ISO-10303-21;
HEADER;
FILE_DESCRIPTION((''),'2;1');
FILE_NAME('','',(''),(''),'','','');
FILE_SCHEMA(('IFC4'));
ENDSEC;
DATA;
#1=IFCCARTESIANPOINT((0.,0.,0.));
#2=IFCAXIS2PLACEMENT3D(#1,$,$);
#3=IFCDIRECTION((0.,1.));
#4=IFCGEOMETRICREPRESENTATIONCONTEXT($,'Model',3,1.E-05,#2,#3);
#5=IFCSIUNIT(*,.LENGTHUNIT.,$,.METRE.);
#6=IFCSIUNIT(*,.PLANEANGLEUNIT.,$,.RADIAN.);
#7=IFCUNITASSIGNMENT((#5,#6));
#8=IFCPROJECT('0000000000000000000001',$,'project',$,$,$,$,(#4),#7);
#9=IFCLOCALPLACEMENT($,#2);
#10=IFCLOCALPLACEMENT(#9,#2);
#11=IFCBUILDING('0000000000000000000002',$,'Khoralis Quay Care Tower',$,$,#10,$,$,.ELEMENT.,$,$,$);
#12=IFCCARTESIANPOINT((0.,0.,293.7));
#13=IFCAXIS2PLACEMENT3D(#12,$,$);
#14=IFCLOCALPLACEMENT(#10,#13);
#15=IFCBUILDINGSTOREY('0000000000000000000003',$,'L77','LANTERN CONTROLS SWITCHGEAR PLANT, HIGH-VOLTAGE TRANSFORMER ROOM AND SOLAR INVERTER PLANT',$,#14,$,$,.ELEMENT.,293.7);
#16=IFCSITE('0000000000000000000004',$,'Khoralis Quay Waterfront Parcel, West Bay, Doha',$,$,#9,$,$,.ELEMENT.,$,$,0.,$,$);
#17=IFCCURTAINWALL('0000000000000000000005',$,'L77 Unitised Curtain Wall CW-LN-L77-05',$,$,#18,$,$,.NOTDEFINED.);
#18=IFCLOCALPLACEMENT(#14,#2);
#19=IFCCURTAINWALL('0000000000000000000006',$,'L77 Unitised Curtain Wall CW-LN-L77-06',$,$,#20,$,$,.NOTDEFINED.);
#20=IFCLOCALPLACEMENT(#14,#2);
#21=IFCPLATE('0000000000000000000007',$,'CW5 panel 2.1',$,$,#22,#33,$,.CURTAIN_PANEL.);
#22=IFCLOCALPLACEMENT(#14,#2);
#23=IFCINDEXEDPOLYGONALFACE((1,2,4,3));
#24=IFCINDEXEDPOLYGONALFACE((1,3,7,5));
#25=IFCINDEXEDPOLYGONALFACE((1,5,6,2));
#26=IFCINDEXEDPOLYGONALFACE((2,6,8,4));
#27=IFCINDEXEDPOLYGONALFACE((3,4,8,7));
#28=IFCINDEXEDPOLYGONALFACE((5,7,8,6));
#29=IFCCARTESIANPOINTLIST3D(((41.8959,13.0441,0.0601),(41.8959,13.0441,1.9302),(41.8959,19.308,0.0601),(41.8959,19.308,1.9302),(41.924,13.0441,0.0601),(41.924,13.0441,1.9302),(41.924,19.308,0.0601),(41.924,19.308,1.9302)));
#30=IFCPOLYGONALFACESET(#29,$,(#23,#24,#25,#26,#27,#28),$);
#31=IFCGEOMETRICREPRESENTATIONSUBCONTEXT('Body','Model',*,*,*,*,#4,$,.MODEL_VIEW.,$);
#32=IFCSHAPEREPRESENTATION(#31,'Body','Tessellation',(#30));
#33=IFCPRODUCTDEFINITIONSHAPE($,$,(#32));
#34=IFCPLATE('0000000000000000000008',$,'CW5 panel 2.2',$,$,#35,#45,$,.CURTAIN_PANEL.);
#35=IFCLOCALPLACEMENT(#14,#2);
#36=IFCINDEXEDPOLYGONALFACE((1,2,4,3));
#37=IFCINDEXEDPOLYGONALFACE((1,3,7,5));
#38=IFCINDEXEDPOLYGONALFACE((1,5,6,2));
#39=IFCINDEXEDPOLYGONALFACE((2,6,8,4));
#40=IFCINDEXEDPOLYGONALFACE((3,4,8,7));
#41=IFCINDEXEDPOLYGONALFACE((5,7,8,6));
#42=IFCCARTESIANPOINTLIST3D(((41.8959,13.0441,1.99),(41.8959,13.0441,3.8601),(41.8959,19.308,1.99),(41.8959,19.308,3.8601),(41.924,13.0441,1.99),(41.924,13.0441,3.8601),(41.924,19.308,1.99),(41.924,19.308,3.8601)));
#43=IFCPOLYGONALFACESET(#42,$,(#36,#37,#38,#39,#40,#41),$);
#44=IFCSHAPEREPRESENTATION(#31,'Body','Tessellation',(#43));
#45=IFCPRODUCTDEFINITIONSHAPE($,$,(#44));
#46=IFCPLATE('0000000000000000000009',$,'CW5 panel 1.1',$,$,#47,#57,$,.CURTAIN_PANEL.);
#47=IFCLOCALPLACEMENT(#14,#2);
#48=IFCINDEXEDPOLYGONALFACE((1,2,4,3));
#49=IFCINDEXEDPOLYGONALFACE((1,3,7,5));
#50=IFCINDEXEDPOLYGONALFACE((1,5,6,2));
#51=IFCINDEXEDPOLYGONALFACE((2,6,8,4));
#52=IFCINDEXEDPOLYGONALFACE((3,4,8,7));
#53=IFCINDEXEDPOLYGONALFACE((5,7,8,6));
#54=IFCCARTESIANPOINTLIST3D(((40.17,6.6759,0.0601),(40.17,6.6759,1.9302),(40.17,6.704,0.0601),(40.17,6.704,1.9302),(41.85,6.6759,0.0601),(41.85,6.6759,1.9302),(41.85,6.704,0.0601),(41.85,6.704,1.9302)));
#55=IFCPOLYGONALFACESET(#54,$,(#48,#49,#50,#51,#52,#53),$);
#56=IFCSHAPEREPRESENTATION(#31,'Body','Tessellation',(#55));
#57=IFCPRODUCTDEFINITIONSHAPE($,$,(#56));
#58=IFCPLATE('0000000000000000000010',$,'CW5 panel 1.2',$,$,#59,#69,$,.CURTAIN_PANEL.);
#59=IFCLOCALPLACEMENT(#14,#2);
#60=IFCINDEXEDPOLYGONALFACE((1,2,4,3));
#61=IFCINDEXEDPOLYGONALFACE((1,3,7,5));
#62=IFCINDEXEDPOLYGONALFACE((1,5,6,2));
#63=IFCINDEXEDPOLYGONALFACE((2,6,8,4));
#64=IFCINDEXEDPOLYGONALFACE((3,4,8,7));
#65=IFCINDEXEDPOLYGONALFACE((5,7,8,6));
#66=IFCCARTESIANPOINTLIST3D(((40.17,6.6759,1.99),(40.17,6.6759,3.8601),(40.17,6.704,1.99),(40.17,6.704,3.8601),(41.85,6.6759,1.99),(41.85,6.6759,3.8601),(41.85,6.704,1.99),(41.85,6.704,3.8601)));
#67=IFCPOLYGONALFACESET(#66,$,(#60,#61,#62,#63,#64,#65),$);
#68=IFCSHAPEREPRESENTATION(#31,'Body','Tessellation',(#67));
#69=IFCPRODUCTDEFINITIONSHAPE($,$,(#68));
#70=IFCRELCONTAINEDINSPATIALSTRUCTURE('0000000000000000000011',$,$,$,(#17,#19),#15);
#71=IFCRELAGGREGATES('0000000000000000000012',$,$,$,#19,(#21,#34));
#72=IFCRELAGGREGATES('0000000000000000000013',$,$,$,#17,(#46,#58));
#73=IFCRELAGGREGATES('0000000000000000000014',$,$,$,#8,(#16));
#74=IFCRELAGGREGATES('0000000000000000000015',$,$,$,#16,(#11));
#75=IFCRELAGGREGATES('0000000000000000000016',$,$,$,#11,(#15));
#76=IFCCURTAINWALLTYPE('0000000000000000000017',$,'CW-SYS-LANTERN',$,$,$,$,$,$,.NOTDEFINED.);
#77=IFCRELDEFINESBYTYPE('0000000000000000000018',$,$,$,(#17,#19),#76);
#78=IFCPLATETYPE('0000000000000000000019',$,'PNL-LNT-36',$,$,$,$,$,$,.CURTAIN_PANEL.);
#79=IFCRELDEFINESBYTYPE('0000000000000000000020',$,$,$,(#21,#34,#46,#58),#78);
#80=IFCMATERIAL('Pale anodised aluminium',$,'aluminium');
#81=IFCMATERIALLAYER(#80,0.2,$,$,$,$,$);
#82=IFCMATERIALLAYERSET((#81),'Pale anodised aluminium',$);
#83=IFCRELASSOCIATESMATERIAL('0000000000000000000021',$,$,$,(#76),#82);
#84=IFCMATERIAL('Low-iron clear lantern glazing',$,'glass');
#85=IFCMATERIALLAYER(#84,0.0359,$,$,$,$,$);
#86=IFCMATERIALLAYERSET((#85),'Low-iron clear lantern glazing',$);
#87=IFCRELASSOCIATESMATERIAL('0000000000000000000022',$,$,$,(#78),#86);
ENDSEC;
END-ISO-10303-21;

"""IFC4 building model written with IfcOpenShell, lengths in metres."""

from ifc_helpers import new_model, si_unit, direction, frame, origin, origin_2d, place, context, subcontext, project, spatial, rectangle, extrude, source, transform, mapped, material, layer, layer_set, type_object, element, aggregate, save


model = new_model("IFC4")

# Units and contexts
model_context = context("Model", 3, precision=1e-05, world=origin(), true_north=direction((0.0, 1.0)))
body_context = subcontext(model_context, "Body", "Model", "MODEL_VIEW")
ifc_project = project(units=[si_unit("LENGTHUNIT", "METRE"), si_unit("PLANEANGLEUNIT", "RADIAN")], contexts=[model_context])

# Site, building, storey
site_placement = place(None, origin())
site = spatial("IfcSite", under=ifc_project, at=site_placement, Name="Khoralis Quay Waterfront Parcel, West Bay, Doha", CompositionType="ELEMENT", RefElevation=0.0)
building_placement = place(site_placement, origin())
building = spatial("IfcBuilding", under=site, at=building_placement, Name="Khoralis Quay Care Tower", CompositionType="ELEMENT")
storey_placement = place(building_placement, frame((0.0, 0.0, 293.7)))
storey = spatial("IfcBuildingStorey", under=building, at=storey_placement, Name="L77", Description="LANTERN CONTROLS SWITCHGEAR PLANT, HIGH-VOLTAGE TRANSFORMER ROOM AND SOLAR INVERTER PLANT", CompositionType="ELEMENT", Elevation=293.7)

# Curtain wall
ifc_material_1 = material(Name="Pale anodised aluminium", Category="aluminium")
ifc_layer_1 = layer(ifc_material_1, 0.2)
ifc_layer_set_1 = layer_set([ifc_layer_1], Name="Pale anodised aluminium")
curtain_wall_type = type_object("IfcCurtainWallType", Name="CW-SYS-LANTERN", PredefinedType="NOTDEFINED", material=ifc_layer_set_1)
curtain_wall_1_placement = place(storey_placement, origin())
curtain_wall_1 = element("IfcCurtainWall", 1, at=curtain_wall_1_placement, inside=storey, type_object=curtain_wall_type, Name="L77 Unitised Curtain Wall CW-LN-L77-05", PredefinedType="NOTDEFINED")

# Curtain wall
curtain_wall_2_placement = place(storey_placement, origin())
curtain_wall_2 = element("IfcCurtainWall", 2, at=curtain_wall_2_placement, inside=storey, type_object=curtain_wall_type, Name="L77 Unitised Curtain Wall CW-LN-L77-06", PredefinedType="NOTDEFINED")

# Plates
ifc_material_2 = material(Name="Low-iron clear lantern glazing", Category="glass")
ifc_layer_2 = layer(ifc_material_2, 0.0359)
ifc_layer_set_2 = layer_set([ifc_layer_2], Name="Low-iron clear lantern glazing")
plate_type_1 = type_object("IfcPlateType", Name="PNL-LNT-36", PredefinedType="CURTAIN_PANEL", material=ifc_layer_set_2)
shared_shape_1 = source(origin(), body_context, "Body", "SweptSolid", [
    extrude(rectangle(XDim=6.2639, YDim=0.0281, at=origin_2d()), origin(), (0.0, 0.0, 1.0), 1.8701),
])
plate_1_placement = place(storey_placement, frame((41.9099, 16.176, 0.0601), z_axis=(0.0, 0.0, 1.0), x_axis=(0.0, 1.0, 0.0)))
plate_1 = element("IfcPlate", 3, at=plate_1_placement, type_object=plate_type_1, Name="CW5 panel 2.1", PredefinedType="CURTAIN_PANEL", context=body_context, shape_type="MappedRepresentation", body=[
    mapped(shared_shape_1, transform((0.0, 0.0, 0.0), scale=1.0)),
])
plate_2_placement = place(storey_placement, frame((41.9099, 16.176, 1.99), z_axis=(0.0, 0.0, 1.0), x_axis=(0.0, 1.0, 0.0)))
plate_2 = element("IfcPlate", 4, at=plate_2_placement, type_object=plate_type_1, Name="CW5 panel 2.2", PredefinedType="CURTAIN_PANEL", context=body_context, shape_type="MappedRepresentation", body=[
    mapped(shared_shape_1, transform((0.0, 0.0, 0.0), scale=1.0)),
])
aggregate(curtain_wall_2, [plate_1, plate_2])
shared_shape_2 = source(origin(), body_context, "Body", "SweptSolid", [
    extrude(rectangle(XDim=1.6799, YDim=0.0281, at=origin_2d()), origin(), (0.0, 0.0, 1.0), 1.8701),
])
plate_3_placement = place(storey_placement, frame((41.01, 6.6899, 0.0601), z_axis=(0.0, 0.0, 1.0), x_axis=(1.0, 0.0, 0.0)))
plate_3 = element("IfcPlate", 5, at=plate_3_placement, type_object=plate_type_1, Name="CW5 panel 1.1", PredefinedType="CURTAIN_PANEL", context=body_context, shape_type="MappedRepresentation", body=[
    mapped(shared_shape_2, transform((0.0, 0.0, 0.0), scale=1.0)),
])
plate_4_placement = place(storey_placement, frame((41.01, 6.6899, 1.99), z_axis=(0.0, 0.0, 1.0), x_axis=(1.0, 0.0, 0.0)))
plate_4 = element("IfcPlate", 6, at=plate_4_placement, type_object=plate_type_1, Name="CW5 panel 1.2", PredefinedType="CURTAIN_PANEL", context=body_context, shape_type="MappedRepresentation", body=[
    mapped(shared_shape_2, transform((0.0, 0.0, 0.0), scale=1.0)),
])
aggregate(curtain_wall_1, [plate_3, plate_4])

save(model, "model.ifc")
